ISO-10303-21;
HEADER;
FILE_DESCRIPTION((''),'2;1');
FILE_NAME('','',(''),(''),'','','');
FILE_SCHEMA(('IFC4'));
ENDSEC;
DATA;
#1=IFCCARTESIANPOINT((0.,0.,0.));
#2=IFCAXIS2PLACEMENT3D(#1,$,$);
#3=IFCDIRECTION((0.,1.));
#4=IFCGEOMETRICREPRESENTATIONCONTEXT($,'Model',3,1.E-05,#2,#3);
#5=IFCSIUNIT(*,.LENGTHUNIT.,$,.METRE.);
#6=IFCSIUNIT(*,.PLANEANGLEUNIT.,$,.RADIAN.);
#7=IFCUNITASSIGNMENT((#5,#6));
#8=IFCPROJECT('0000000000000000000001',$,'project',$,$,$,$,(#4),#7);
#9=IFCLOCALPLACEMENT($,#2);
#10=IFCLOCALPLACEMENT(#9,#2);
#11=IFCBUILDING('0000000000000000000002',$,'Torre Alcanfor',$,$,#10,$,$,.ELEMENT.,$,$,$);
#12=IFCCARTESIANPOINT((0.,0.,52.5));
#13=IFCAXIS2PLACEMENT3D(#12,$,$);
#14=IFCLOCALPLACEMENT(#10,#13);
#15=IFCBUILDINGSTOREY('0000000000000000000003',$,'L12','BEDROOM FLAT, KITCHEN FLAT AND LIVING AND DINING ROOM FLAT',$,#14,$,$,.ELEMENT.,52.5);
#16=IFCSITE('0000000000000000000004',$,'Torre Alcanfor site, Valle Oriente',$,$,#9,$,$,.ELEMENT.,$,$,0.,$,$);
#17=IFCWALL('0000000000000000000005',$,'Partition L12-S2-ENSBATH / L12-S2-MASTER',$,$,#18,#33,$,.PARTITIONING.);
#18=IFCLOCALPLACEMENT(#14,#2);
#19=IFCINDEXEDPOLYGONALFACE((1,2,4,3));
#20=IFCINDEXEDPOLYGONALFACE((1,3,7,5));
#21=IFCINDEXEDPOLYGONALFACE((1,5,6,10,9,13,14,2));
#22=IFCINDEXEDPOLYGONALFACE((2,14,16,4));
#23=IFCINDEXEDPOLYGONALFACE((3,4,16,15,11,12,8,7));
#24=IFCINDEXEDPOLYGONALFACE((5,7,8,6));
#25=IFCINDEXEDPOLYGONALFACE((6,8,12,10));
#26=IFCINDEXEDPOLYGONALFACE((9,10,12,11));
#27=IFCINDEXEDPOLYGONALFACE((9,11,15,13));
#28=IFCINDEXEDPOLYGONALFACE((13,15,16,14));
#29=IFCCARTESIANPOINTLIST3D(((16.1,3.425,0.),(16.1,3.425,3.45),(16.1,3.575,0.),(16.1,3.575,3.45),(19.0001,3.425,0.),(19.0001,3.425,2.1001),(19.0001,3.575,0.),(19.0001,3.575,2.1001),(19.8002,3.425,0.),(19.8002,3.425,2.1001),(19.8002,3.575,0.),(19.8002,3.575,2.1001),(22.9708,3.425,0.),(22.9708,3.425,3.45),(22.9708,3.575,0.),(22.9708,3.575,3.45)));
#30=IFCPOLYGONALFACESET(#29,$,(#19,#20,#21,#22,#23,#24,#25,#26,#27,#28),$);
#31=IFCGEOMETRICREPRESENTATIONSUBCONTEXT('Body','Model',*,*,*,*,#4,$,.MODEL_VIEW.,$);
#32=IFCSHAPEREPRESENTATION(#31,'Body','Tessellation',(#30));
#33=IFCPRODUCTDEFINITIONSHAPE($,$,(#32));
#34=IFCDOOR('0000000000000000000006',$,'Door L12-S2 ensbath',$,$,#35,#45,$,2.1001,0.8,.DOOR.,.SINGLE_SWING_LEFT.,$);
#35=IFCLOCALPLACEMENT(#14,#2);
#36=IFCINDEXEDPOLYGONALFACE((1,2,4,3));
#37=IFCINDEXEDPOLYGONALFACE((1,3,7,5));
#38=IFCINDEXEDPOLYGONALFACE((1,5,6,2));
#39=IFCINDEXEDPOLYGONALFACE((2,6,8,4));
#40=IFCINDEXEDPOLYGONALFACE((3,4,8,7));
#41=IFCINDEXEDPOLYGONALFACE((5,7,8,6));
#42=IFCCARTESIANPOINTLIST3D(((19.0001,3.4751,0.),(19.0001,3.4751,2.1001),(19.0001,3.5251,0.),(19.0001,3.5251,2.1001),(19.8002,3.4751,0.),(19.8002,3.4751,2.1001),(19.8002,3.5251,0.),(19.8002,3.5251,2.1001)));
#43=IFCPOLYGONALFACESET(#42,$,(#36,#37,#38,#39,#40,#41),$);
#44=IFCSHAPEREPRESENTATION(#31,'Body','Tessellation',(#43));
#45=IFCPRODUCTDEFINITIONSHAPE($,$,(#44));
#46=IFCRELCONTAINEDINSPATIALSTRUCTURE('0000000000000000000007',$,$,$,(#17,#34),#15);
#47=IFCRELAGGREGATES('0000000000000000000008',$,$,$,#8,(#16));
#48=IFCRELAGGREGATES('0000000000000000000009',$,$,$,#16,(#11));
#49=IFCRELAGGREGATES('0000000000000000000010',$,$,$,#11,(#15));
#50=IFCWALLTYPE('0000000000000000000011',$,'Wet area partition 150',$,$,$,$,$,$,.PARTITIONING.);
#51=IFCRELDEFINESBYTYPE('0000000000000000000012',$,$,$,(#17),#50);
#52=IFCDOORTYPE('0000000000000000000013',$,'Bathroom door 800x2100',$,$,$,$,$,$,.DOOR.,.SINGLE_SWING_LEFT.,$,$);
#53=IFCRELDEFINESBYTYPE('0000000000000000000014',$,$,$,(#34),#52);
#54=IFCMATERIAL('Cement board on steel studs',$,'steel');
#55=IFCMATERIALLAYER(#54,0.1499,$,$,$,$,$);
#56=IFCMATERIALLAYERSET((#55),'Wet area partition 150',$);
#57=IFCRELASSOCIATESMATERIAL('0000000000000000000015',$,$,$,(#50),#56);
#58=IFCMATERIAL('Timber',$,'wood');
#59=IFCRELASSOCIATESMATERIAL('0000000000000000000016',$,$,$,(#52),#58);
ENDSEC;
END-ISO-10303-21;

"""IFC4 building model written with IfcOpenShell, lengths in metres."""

from ifc_helpers import new_model, si_unit, direction, frame, frame_2d, origin, place, context, subcontext, project, spatial, rectangle, extrude, material, layer, layer_set, type_object, element, fill, save


model = new_model("IFC4")

# Units and contexts
model_context = context("Model", 3, precision=1e-05, world=origin(), true_north=direction((0.0, 1.0)))
body_context = subcontext(model_context, "Body", "Model", "MODEL_VIEW")
ifc_project = project(units=[si_unit("LENGTHUNIT", "METRE"), si_unit("PLANEANGLEUNIT", "RADIAN")], contexts=[model_context])

# Site, building, storey
site_placement = place(None, origin())
site = spatial("IfcSite", under=ifc_project, at=site_placement, Name="Torre Alcanfor site, Valle Oriente", CompositionType="ELEMENT", RefElevation=0.0)
building_placement = place(site_placement, origin())
building = spatial("IfcBuilding", under=site, at=building_placement, Name="Torre Alcanfor", CompositionType="ELEMENT")
storey_placement = place(building_placement, frame((0.0, 0.0, 52.5)))
storey = spatial("IfcBuildingStorey", under=building, at=storey_placement, Name="L12", Description="BEDROOM FLAT, KITCHEN FLAT AND LIVING AND DINING ROOM FLAT", CompositionType="ELEMENT", Elevation=52.5)

# Shared definitions
ifc_material_1 = material(Name="Cement board on steel studs", Category="steel")
ifc_layer_1 = layer(ifc_material_1, 0.1499)
ifc_layer_set_1 = layer_set([ifc_layer_1], Name="Wet area partition 150")
wall_type_1 = type_object("IfcWallType", Name="Wet area partition 150", PredefinedType="PARTITIONING", material=ifc_layer_set_1)

# Wall, opening, door
wall_1_placement = place(storey_placement, frame((22.9709, 3.5, 0.0), z_axis=(0.0, 0.0, 1.0), x_axis=(-1.0, 0.0, 0.0)))
wall_1 = element("IfcWall", 1, at=wall_1_placement, inside=storey, type_object=wall_type_1, Name="Partition L12-S2-ENSBATH / L12-S2-MASTER", PredefinedType="PARTITIONING", context=body_context, shape_type="SweptSolid", body=[
    extrude(rectangle(XDim=6.8708, YDim=0.1499, at=frame_2d((3.4355, 0.0))), origin(), (0.0, 0.0, 1.0), 3.45),
])
opening_1_placement = place(wall_1_placement, frame((3.1709, 0.0, 0.0)))
opening_1 = element("IfcOpeningElement", 2, at=opening_1_placement, cuts=wall_1, PredefinedType="OPENING", context=body_context, shape_type="SweptSolid", body=[
    extrude(rectangle(XDim=0.8, YDim=2.1001, at=frame_2d((0.3999, 1.05))), frame((0.0, 0.085, 0.0), z_axis=(0.0, -1.0, 0.0), x_axis=(1.0, 0.0, 0.0)), (0.0, 0.0, 1.0), 0.1699),
])
ifc_material_2 = material(Name="Timber", Category="wood")
door_type_1 = type_object("IfcDoorType", Name="Bathroom door 800x2100", OperationType="SINGLE_SWING_LEFT", PredefinedType="DOOR", material=ifc_material_2)
door_1_placement = place(opening_1_placement, frame((0.8, 0.0, 0.0), z_axis=(0.0, 0.0, 1.0), x_axis=(-1.0, 0.0, 0.0)))
door_1 = element("IfcDoor", 3, at=door_1_placement, inside=storey, type_object=door_type_1, Name="Door L12-S2 ensbath", OperationType="SINGLE_SWING_LEFT", OverallHeight=2.1001, OverallWidth=0.8, PredefinedType="DOOR", context=body_context, shape_type="SweptSolid", body=[
    extrude(rectangle(XDim=0.8, YDim=2.1001, at=frame_2d((0.4001, 1.05))), frame((0.0, 0.0251, 0.0), z_axis=(0.0, -1.0, 0.0), x_axis=(1.0, 0.0, 0.0)), (0.0, 0.0, 1.0), 0.05),
])
fill(opening_1, door_1)

save(model, "model.ifc")
